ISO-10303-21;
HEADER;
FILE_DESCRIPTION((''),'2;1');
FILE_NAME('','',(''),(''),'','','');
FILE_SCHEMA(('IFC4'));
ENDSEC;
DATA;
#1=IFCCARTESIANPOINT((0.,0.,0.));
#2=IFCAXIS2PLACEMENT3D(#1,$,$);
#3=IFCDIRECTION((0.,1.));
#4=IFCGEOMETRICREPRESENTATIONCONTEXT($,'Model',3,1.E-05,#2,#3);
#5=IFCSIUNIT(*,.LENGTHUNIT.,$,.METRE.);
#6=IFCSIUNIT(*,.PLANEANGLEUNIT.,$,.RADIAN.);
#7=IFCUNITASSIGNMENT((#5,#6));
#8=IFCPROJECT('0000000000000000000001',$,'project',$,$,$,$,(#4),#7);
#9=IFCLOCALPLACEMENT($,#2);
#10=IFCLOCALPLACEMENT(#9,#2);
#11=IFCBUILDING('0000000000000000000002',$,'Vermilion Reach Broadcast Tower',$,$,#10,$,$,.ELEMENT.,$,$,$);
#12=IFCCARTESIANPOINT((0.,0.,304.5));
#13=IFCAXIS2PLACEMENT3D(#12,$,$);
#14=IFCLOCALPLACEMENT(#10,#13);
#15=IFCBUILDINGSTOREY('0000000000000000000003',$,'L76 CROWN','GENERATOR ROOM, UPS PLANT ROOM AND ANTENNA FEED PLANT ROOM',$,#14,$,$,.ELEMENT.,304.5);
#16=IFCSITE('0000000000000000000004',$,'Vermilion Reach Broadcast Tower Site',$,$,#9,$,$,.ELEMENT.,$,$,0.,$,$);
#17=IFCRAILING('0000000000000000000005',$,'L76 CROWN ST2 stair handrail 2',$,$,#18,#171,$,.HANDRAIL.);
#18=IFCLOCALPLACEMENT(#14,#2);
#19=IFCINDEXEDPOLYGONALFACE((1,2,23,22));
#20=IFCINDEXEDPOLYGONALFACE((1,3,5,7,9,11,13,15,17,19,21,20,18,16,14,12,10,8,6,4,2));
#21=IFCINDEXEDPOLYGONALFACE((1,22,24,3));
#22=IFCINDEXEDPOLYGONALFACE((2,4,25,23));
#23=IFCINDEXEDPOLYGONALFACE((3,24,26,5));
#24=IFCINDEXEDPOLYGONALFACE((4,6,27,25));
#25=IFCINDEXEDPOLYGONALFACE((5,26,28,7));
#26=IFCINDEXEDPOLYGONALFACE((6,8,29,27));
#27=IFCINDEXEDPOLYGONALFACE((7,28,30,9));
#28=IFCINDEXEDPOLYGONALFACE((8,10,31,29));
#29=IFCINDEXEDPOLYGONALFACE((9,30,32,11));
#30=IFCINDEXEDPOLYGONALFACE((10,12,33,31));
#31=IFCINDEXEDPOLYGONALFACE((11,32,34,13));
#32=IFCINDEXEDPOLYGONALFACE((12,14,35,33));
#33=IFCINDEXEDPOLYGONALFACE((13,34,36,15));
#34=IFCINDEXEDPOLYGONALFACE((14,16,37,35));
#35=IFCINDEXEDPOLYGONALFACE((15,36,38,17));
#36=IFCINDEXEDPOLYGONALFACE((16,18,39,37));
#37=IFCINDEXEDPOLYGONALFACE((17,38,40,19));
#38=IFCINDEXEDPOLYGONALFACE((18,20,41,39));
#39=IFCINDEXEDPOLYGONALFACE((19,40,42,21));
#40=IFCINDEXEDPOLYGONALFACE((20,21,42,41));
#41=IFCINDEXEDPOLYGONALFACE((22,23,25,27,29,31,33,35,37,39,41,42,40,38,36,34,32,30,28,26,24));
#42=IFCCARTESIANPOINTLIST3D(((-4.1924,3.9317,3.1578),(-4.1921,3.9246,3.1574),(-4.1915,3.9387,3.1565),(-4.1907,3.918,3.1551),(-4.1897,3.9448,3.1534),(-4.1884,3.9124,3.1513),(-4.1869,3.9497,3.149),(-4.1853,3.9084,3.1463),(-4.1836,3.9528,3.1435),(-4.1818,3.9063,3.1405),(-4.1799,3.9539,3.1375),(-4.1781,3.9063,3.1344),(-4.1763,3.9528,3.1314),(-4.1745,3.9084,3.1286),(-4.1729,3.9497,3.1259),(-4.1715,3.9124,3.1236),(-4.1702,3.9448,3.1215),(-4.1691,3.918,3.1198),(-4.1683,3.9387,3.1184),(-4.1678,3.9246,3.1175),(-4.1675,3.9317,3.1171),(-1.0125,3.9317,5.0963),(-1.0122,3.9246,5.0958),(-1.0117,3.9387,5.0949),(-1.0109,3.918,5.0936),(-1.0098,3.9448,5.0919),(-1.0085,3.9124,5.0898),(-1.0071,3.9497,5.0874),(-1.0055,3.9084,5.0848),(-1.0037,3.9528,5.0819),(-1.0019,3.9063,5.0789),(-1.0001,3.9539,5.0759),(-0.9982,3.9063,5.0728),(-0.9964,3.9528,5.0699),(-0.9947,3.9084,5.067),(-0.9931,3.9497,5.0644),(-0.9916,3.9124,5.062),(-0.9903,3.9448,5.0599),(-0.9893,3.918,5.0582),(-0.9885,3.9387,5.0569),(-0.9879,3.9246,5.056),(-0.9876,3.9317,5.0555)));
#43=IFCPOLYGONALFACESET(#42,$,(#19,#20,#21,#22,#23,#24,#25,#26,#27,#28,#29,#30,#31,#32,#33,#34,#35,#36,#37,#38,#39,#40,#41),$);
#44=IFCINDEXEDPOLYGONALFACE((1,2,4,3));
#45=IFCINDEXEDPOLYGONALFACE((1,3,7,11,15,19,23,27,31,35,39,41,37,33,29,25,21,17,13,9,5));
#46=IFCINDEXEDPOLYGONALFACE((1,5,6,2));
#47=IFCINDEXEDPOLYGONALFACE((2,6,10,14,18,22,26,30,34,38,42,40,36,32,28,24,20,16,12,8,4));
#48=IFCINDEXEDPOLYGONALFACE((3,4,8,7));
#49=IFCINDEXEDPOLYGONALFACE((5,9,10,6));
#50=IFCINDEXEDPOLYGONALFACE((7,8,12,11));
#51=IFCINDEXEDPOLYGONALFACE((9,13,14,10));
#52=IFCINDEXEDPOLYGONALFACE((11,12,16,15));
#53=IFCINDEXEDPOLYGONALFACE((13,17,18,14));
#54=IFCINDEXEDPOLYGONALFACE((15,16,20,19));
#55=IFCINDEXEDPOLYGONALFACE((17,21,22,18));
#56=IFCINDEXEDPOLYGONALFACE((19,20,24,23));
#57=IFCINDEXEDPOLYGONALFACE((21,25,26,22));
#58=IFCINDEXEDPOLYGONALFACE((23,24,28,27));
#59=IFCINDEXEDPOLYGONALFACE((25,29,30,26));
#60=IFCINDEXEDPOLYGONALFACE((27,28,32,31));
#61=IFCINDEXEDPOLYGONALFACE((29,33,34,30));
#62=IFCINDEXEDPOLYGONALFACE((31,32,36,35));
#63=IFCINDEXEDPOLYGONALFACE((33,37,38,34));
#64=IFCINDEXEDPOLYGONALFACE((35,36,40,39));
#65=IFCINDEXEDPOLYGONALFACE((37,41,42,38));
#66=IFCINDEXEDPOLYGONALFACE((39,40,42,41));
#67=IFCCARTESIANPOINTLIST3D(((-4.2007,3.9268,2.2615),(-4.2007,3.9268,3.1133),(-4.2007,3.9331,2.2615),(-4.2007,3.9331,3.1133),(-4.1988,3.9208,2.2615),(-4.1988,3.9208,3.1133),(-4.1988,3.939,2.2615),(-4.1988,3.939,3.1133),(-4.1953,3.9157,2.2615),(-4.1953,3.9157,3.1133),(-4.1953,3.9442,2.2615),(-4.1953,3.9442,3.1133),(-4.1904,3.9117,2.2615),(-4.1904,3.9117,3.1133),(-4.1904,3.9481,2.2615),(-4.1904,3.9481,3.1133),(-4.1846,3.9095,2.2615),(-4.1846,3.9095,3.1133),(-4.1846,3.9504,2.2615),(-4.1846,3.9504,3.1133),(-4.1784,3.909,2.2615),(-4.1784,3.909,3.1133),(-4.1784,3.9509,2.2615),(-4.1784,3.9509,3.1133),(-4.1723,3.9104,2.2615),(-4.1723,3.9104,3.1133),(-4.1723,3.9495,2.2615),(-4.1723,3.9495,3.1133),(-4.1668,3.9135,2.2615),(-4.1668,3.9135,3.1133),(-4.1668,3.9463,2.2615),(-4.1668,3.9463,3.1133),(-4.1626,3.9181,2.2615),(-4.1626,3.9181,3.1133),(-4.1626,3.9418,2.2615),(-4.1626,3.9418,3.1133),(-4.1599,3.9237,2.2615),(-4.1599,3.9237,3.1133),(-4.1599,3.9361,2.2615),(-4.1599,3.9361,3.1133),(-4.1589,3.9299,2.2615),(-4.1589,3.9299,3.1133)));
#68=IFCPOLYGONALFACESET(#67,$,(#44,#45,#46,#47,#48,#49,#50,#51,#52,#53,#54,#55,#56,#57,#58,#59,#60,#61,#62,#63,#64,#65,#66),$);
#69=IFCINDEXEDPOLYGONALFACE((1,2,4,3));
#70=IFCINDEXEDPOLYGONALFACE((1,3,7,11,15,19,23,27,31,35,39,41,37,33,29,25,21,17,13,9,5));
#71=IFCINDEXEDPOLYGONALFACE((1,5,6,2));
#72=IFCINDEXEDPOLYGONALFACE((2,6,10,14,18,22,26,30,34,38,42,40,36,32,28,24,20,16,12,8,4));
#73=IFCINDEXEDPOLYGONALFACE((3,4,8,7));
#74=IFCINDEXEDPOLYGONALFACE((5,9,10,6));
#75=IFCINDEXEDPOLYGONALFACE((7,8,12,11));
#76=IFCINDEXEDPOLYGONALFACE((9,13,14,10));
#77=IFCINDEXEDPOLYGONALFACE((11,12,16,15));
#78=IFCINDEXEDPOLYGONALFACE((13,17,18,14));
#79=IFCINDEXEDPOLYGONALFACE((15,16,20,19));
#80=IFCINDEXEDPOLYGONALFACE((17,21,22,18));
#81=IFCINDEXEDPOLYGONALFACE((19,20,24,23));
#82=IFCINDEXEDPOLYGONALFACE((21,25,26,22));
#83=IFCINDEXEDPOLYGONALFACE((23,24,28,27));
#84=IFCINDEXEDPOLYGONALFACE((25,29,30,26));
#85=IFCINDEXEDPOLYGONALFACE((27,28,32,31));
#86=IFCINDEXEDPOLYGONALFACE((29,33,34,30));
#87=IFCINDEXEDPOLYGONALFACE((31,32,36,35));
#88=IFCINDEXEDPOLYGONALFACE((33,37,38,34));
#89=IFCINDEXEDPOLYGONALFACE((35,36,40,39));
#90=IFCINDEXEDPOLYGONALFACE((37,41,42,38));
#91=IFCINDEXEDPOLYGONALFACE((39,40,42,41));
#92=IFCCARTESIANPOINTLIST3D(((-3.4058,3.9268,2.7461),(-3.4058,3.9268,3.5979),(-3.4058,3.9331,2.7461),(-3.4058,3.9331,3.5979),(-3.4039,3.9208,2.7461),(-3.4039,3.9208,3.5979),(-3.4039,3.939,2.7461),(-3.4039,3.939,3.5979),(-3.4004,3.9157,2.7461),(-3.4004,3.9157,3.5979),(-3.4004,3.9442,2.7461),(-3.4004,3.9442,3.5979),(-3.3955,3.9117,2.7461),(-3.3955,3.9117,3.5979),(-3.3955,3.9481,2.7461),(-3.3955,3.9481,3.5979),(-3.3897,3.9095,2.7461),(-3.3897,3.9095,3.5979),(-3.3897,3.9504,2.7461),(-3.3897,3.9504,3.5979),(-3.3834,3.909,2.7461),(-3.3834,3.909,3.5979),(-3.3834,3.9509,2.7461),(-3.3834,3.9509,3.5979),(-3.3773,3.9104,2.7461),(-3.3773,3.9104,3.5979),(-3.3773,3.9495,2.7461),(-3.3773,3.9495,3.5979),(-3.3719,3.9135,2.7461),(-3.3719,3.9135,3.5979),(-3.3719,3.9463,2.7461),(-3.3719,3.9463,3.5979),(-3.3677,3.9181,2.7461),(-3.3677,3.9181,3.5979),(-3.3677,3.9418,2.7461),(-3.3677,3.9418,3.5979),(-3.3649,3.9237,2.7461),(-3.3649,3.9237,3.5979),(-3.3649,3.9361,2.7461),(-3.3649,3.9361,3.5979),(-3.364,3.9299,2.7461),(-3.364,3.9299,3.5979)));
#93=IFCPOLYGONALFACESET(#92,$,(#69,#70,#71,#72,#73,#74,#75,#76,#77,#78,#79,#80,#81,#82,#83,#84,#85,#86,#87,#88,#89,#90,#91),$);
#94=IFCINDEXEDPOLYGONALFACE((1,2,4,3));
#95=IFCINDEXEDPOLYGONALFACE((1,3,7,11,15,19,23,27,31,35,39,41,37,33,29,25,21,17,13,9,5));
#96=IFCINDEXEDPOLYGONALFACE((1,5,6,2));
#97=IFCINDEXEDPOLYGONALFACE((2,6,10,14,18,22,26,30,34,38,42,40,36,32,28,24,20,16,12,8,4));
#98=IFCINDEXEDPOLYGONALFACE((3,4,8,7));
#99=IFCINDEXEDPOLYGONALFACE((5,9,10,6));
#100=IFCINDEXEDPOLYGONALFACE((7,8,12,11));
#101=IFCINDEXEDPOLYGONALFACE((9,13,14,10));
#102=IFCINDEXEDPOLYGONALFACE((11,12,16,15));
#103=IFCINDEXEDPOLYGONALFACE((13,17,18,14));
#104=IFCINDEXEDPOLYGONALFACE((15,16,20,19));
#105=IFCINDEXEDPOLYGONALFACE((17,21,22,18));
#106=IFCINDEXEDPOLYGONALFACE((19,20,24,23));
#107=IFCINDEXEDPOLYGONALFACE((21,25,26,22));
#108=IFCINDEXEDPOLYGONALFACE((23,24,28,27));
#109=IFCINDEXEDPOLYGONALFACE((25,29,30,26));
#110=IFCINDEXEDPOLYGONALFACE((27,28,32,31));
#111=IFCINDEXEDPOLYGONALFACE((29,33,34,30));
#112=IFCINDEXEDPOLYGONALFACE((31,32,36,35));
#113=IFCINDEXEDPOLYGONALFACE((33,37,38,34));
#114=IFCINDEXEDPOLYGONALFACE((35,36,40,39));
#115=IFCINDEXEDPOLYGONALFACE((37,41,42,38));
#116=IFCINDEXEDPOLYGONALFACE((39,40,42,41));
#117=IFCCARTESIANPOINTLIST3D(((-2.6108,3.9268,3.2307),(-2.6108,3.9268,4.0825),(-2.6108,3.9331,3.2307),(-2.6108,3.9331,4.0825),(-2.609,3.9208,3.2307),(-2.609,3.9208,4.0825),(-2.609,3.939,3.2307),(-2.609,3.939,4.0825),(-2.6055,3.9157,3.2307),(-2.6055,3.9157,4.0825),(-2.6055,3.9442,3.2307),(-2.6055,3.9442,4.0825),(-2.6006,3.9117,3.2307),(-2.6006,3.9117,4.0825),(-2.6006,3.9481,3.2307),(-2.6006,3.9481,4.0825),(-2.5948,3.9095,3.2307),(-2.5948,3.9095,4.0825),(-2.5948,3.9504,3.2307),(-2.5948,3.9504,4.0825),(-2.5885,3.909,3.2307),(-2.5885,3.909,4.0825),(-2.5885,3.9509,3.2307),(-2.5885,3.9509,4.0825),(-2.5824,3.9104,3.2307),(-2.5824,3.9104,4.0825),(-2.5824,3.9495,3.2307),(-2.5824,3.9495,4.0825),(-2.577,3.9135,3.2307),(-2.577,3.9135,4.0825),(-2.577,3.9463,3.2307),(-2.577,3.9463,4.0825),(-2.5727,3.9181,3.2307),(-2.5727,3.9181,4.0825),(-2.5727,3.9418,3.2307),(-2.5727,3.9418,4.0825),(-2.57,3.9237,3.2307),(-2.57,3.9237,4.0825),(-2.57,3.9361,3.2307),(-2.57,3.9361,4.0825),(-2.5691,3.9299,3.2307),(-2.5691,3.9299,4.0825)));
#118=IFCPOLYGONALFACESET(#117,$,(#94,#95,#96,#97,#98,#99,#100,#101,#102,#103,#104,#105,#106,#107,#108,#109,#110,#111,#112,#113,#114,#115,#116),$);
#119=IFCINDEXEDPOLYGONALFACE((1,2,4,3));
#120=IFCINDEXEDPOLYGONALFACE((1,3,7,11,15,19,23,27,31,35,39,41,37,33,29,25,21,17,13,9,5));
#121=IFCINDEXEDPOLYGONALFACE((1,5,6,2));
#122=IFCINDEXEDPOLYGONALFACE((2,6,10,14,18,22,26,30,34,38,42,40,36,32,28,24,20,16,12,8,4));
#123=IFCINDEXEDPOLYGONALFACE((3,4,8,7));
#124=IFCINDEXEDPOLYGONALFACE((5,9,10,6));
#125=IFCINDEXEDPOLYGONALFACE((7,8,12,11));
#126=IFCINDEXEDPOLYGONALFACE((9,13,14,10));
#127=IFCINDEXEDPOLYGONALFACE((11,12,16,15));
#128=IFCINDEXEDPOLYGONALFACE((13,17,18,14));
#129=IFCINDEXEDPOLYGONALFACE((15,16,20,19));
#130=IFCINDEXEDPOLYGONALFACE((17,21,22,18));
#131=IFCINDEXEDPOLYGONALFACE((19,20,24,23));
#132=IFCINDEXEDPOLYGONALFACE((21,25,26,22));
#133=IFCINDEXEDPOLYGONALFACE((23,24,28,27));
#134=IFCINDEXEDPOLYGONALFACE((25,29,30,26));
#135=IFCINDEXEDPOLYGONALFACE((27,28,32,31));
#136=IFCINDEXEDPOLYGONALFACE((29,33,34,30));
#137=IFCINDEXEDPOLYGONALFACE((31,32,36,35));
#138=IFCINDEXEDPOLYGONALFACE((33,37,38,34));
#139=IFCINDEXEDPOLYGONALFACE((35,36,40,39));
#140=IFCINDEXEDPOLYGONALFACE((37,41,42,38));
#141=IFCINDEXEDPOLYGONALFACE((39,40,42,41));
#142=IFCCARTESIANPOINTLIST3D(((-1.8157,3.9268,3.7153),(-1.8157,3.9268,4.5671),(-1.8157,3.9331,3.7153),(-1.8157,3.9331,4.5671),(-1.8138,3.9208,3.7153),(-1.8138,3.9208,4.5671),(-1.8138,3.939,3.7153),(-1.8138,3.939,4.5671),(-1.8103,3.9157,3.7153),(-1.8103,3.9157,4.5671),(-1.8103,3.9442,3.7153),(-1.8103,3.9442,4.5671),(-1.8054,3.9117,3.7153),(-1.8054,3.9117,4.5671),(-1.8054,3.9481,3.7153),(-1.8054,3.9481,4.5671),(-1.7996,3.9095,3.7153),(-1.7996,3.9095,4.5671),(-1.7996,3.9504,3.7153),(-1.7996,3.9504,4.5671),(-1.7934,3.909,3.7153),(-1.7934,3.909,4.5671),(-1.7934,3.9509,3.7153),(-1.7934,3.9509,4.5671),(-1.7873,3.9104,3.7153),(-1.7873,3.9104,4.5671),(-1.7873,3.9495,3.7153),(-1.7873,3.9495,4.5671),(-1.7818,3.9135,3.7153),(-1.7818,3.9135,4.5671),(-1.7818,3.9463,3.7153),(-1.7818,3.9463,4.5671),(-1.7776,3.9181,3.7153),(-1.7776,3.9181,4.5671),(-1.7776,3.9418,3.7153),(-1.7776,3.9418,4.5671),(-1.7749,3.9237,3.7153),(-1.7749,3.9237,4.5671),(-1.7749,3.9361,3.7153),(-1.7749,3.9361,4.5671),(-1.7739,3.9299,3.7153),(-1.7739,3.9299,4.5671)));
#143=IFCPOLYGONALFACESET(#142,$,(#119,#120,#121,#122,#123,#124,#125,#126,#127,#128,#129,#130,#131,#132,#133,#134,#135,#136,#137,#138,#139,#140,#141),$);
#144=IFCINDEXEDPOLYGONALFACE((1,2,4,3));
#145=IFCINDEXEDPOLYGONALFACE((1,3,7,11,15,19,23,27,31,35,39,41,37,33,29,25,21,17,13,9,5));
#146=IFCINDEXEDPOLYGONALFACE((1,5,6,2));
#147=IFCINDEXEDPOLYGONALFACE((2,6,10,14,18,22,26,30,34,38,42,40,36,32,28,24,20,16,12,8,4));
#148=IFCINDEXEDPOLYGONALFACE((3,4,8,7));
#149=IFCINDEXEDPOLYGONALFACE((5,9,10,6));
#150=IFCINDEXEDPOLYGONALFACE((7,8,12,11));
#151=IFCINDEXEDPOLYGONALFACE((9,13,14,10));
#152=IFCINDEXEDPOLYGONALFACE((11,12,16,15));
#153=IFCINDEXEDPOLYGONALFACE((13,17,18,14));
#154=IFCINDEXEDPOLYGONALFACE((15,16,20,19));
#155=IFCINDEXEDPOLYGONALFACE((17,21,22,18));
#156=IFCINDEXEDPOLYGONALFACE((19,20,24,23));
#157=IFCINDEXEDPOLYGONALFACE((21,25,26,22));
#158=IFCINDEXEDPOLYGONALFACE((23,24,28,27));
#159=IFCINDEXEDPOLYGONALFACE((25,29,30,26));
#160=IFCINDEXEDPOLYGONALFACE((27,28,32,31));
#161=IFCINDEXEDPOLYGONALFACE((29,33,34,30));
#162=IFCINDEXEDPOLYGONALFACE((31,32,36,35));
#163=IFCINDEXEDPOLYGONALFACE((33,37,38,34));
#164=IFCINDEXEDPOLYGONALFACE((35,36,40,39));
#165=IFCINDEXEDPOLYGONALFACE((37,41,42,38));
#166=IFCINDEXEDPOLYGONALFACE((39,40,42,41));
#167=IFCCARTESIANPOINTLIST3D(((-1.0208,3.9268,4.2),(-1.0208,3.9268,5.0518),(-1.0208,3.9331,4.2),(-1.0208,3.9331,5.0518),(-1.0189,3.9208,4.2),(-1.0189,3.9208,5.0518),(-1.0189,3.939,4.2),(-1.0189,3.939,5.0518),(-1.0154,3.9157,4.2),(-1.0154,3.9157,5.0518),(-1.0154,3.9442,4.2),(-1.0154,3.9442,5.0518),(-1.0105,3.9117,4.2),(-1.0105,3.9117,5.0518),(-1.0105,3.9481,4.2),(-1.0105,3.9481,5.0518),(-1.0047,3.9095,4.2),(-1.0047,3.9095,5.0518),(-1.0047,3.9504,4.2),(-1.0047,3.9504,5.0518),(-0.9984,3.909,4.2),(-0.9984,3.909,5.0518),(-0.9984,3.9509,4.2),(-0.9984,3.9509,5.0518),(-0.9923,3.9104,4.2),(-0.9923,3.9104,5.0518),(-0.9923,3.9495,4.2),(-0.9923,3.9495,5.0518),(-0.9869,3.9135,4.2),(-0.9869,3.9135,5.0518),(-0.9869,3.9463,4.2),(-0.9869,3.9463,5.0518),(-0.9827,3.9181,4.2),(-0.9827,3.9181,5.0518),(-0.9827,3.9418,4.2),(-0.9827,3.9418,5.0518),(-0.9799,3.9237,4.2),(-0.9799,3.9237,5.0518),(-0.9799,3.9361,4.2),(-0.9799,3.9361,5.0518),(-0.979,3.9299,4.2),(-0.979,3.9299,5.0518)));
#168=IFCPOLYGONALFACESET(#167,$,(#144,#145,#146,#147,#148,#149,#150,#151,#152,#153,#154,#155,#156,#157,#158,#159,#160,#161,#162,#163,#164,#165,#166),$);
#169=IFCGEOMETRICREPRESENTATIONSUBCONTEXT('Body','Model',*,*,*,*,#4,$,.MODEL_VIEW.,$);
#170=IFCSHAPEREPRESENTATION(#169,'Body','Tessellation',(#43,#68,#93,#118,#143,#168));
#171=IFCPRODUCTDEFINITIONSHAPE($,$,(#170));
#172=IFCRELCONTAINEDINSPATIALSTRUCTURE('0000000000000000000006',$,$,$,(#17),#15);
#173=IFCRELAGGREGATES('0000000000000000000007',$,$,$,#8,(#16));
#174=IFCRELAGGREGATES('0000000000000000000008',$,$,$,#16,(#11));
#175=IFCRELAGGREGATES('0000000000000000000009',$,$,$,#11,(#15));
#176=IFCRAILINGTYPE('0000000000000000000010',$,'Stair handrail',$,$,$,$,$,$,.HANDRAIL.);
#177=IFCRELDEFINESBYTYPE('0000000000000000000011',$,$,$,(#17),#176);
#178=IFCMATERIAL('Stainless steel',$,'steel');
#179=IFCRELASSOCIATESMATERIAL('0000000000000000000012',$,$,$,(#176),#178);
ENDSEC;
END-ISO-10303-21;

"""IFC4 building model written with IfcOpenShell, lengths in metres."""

from ifc_helpers import new_model, si_unit, direction, frame, origin, origin_2d, place, context, subcontext, project, spatial, circle, extrude, material, type_object, element, save


model = new_model("IFC4")

# Units and contexts
model_context = context("Model", 3, precision=1e-05, world=origin(), true_north=direction((0.0, 1.0)))
body_context = subcontext(model_context, "Body", "Model", "MODEL_VIEW")
ifc_project = project(units=[si_unit("LENGTHUNIT", "METRE"), si_unit("PLANEANGLEUNIT", "RADIAN")], contexts=[model_context])

# Site, building, storey
site_placement = place(None, origin())
site = spatial("IfcSite", under=ifc_project, at=site_placement, Name="Vermilion Reach Broadcast Tower Site", CompositionType="ELEMENT", RefElevation=0.0)
building_placement = place(site_placement, origin())
building = spatial("IfcBuilding", under=site, at=building_placement, Name="Vermilion Reach Broadcast Tower", CompositionType="ELEMENT")
storey_placement = place(building_placement, frame((0.0, 0.0, 304.5)))
storey = spatial("IfcBuildingStorey", under=building, at=storey_placement, Name="L76 CROWN", Description="GENERATOR ROOM, UPS PLANT ROOM AND ANTENNA FEED PLANT ROOM", CompositionType="ELEMENT", Elevation=304.5)

# Railing
ifc_material_1 = material(Name="Stainless steel", Category="steel")
railing_type_1 = type_object("IfcRailingType", Name="Stair handrail", PredefinedType="HANDRAIL", material=ifc_material_1)
railing_1_placement = place(storey_placement, frame((-4.1799, 3.9299, 2.2615)))
element("IfcRailing", 1, at=railing_1_placement, inside=storey, type_object=railing_type_1, Name="L76 CROWN ST2 stair handrail 2", PredefinedType="HANDRAIL", context=body_context, shape_type="SweptSolid", body=[
    extrude(circle(Radius=0.0239, at=origin_2d()), frame((0.0, 0.0, 0.876), z_axis=(0.853857, 0.0, 0.520508), x_axis=(0.0, 1.0, 0.0)), (0.0, 0.0, 1.0), 3.7241),
    extrude(circle(Radius=0.021, at=origin_2d()), origin(), (0.0, 0.0, 1.0), 0.8518),
    extrude(circle(Radius=0.021, at=origin_2d()), frame((0.7949, 0.0, 0.4846)), (0.0, 0.0, 1.0), 0.8518),
    extrude(circle(Radius=0.021, at=origin_2d()), frame((1.5898, 0.0, 0.9692)), (0.0, 0.0, 1.0), 0.8518),
    extrude(circle(Radius=0.021, at=origin_2d()), frame((2.385, 0.0, 1.4539)), (0.0, 0.0, 1.0), 0.8518),
    extrude(circle(Radius=0.021, at=origin_2d()), frame((3.1799, 0.0, 1.9385)), (0.0, 0.0, 1.0), 0.8518),
])

save(model, "model.ifc")
